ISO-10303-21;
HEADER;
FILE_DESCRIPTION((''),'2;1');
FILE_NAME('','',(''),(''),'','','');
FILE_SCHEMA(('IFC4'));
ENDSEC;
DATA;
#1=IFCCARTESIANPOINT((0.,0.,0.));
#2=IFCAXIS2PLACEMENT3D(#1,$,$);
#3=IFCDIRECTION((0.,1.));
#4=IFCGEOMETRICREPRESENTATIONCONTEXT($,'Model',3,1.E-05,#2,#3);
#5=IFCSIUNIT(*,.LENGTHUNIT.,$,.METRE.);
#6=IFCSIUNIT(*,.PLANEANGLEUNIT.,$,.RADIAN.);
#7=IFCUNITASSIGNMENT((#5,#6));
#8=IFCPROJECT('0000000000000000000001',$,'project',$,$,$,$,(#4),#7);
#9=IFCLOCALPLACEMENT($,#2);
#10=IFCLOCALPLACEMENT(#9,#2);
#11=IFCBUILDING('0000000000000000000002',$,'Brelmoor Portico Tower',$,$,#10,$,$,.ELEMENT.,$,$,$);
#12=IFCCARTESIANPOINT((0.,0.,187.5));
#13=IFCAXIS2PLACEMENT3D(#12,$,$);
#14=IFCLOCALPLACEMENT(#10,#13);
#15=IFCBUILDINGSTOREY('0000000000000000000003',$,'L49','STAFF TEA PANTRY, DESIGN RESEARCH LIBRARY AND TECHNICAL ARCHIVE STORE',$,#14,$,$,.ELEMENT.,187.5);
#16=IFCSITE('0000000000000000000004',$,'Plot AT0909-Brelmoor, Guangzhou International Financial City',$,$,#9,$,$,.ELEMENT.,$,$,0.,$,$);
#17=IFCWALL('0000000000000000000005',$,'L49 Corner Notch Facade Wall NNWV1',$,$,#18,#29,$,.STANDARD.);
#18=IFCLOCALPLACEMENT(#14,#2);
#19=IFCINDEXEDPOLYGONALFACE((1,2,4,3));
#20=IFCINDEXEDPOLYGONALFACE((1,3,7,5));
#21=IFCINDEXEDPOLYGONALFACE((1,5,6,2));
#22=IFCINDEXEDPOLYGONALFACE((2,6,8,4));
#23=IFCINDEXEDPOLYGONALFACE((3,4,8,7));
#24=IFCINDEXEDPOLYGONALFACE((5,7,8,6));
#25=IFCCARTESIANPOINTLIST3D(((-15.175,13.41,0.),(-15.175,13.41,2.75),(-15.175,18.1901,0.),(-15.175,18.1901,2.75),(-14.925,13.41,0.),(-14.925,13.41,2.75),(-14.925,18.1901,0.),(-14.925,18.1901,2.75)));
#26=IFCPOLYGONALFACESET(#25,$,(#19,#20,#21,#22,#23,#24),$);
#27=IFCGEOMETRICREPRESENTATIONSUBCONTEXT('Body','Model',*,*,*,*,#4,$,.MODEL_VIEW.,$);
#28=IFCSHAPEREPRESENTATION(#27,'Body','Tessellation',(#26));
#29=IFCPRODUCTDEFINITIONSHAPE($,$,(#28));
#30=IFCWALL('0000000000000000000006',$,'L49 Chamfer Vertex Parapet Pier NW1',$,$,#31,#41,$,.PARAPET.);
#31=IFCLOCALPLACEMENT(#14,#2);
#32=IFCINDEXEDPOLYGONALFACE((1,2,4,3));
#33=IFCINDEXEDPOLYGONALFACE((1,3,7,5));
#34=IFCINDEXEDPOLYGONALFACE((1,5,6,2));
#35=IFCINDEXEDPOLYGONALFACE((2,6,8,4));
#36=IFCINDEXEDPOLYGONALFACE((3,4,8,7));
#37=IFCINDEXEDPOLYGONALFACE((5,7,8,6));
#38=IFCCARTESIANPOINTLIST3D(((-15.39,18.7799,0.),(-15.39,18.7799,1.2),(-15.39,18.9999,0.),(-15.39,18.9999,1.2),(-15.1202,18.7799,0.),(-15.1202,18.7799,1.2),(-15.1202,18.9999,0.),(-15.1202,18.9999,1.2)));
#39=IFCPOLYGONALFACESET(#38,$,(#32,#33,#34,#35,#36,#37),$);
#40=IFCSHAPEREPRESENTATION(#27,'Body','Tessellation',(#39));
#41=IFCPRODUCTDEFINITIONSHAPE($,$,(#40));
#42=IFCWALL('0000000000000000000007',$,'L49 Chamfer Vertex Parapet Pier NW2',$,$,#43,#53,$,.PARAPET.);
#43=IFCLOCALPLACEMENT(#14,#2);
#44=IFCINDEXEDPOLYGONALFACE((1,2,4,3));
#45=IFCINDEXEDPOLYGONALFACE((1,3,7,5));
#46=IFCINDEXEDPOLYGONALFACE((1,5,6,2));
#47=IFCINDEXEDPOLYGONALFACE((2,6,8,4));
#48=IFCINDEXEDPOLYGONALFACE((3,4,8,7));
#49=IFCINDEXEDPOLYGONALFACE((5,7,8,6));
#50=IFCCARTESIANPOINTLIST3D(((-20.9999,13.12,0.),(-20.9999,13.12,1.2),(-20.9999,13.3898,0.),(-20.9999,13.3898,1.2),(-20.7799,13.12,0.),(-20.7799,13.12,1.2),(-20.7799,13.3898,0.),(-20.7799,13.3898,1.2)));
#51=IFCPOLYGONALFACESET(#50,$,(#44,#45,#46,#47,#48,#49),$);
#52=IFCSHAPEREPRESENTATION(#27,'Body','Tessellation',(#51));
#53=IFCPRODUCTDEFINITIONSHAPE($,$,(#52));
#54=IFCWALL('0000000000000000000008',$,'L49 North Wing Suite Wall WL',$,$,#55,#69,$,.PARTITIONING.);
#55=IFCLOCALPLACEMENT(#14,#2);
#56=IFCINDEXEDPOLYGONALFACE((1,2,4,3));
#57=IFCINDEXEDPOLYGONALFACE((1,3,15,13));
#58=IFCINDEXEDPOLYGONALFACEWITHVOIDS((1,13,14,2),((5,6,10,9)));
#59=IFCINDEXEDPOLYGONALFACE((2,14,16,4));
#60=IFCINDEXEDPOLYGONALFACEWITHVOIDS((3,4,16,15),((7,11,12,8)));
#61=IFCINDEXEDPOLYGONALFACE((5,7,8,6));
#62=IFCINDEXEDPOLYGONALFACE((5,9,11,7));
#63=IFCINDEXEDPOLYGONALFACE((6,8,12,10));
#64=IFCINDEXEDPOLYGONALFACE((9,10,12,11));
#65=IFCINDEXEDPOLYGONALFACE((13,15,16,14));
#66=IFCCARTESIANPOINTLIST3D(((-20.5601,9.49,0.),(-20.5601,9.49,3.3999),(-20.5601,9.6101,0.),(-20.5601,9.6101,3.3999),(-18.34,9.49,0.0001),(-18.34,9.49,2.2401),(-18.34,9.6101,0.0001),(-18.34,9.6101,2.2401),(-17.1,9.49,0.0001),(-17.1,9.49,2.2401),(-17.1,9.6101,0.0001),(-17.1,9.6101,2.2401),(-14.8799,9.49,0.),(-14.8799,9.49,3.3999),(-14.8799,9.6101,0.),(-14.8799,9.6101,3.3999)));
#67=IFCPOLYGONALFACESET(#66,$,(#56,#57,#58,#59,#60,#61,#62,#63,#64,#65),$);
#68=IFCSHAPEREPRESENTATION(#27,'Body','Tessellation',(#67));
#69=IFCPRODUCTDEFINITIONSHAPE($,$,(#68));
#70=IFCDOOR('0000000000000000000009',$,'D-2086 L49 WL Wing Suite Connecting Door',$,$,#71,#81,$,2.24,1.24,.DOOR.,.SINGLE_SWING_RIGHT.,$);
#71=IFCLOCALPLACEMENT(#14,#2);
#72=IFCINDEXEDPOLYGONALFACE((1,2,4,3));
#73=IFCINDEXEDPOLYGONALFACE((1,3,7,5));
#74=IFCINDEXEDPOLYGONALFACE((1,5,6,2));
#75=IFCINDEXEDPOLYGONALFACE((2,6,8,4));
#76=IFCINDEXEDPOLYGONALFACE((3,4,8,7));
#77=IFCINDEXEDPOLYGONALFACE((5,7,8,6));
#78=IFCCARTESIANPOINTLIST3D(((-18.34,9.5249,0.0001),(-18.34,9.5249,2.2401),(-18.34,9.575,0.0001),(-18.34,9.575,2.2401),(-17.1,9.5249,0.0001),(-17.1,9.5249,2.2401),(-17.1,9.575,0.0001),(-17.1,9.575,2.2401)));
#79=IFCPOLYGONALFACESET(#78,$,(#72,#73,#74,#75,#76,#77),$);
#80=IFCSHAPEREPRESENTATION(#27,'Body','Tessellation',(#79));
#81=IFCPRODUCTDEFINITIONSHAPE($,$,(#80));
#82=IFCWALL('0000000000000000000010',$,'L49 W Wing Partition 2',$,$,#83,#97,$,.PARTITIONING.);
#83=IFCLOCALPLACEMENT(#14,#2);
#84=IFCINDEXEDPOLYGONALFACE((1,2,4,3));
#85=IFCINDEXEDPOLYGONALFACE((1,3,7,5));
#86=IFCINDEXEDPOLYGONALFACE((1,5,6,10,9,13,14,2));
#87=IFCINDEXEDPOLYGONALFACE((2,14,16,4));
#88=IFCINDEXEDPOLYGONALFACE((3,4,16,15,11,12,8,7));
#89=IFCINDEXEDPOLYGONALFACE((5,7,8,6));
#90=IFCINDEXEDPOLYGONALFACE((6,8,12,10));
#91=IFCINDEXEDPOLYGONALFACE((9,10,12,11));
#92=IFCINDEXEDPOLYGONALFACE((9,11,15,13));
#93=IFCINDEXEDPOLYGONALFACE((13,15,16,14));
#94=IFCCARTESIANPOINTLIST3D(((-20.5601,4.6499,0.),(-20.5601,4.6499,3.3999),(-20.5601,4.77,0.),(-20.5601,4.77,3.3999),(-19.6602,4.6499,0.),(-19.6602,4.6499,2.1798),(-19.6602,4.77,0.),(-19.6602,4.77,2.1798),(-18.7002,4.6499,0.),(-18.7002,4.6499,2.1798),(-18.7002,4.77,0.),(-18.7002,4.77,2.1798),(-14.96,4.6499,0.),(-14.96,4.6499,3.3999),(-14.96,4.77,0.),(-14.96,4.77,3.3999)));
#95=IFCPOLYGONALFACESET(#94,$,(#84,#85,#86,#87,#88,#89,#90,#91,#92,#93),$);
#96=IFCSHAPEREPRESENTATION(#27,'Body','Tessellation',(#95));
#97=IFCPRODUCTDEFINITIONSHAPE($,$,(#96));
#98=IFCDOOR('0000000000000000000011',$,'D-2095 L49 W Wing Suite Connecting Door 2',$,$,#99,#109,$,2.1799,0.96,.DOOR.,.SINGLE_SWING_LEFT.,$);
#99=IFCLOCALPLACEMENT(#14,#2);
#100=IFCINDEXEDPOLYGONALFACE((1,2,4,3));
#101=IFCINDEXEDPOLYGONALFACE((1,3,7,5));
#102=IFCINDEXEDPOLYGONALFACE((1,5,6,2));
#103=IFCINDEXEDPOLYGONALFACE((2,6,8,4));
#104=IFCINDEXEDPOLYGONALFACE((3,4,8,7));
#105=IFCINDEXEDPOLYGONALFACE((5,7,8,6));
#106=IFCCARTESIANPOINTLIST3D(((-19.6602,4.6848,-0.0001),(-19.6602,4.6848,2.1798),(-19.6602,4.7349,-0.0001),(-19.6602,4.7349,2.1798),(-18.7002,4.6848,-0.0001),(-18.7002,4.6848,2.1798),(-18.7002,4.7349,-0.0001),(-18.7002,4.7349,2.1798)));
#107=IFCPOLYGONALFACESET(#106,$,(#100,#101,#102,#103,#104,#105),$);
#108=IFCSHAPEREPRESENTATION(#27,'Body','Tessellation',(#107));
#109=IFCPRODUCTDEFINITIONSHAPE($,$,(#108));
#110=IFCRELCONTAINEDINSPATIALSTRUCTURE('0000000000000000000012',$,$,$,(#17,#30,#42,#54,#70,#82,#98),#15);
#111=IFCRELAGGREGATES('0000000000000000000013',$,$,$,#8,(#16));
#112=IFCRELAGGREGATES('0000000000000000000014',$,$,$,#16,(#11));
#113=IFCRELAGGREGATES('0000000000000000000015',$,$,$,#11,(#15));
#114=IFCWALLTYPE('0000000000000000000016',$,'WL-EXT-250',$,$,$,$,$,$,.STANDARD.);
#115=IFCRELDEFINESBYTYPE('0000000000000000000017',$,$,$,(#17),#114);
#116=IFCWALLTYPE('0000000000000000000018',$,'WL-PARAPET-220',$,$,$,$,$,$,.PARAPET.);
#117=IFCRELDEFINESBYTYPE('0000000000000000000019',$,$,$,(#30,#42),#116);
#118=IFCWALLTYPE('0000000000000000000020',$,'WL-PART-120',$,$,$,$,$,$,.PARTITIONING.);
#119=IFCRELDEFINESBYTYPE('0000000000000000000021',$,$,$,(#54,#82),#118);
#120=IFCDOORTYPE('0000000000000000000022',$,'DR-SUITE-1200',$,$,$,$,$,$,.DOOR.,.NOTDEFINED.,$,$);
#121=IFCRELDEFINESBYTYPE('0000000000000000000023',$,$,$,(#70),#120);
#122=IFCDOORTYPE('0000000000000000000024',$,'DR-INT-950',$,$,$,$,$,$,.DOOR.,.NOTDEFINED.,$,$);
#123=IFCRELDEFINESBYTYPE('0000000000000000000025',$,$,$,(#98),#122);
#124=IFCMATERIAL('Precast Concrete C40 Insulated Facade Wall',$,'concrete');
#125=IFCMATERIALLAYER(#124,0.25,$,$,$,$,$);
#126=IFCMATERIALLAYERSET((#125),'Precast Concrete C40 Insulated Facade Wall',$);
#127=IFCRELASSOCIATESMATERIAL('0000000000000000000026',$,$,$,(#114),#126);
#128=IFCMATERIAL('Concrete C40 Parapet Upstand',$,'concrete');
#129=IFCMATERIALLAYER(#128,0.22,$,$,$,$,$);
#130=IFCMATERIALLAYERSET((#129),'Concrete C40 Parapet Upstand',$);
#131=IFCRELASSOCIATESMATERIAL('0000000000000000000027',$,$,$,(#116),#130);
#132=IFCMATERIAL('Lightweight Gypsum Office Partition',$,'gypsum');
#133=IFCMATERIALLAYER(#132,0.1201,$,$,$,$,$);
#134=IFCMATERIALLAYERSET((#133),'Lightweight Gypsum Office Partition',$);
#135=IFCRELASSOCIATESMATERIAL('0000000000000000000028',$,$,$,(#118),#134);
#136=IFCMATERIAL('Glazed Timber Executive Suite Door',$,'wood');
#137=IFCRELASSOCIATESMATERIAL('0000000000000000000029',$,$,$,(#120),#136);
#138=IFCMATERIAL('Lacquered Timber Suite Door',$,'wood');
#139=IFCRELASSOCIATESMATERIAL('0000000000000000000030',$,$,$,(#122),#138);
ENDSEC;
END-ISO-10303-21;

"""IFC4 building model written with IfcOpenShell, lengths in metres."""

from ifc_helpers import new_model, si_unit, direction, frame, frame_2d, origin, place, context, subcontext, project, spatial, rectangle, extrude, material, layer, layer_set, type_object, element, fill, save


model = new_model("IFC4")

# Units and contexts
model_context = context("Model", 3, precision=1e-05, world=origin(), true_north=direction((0.0, 1.0)))
body_context = subcontext(model_context, "Body", "Model", "MODEL_VIEW")
ifc_project = project(units=[si_unit("LENGTHUNIT", "METRE"), si_unit("PLANEANGLEUNIT", "RADIAN")], contexts=[model_context])

# Site, building, storey
site_placement = place(None, origin())
site = spatial("IfcSite", under=ifc_project, at=site_placement, Name="Plot AT0909-Brelmoor, Guangzhou International Financial City", CompositionType="ELEMENT", RefElevation=0.0)
building_placement = place(site_placement, origin())
building = spatial("IfcBuilding", under=site, at=building_placement, Name="Brelmoor Portico Tower", CompositionType="ELEMENT")
storey_placement = place(building_placement, frame((0.0, 0.0, 187.5)))
storey = spatial("IfcBuildingStorey", under=building, at=storey_placement, Name="L49", Description="STAFF TEA PANTRY, DESIGN RESEARCH LIBRARY AND TECHNICAL ARCHIVE STORE", CompositionType="ELEMENT", Elevation=187.5)

# Walls
ifc_material_1 = material(Name="Precast Concrete C40 Insulated Facade Wall", Category="concrete")
ifc_layer_1 = layer(ifc_material_1, 0.25)
ifc_layer_set_1 = layer_set([ifc_layer_1], Name="Precast Concrete C40 Insulated Facade Wall")
wall_type_1 = type_object("IfcWallType", Name="WL-EXT-250", PredefinedType="STANDARD", material=ifc_layer_set_1)
for number, where, z_axis, x_axis, name in (
    (1, (-15.05, 13.4099, 0.0), (0.0, 0.0, 1.0), (0.0, 1.0, 0.0), "L49 Corner Notch Facade Wall NNWV1"),
):
    element("IfcWall", number, at=place(storey_placement, frame(where, z_axis=z_axis, x_axis=x_axis)), inside=storey, type_object=wall_type_1, Name=name, PredefinedType="STANDARD", context=body_context, shape_type="SweptSolid", body=[
        extrude(rectangle(XDim=4.78, YDim=0.25, at=frame_2d((2.3901, 0.0))), origin(), (0.0, 0.0, 1.0), 2.75),
    ])
ifc_material_2 = material(Name="Concrete C40 Parapet Upstand", Category="concrete")
ifc_layer_2 = layer(ifc_material_2, 0.22)
ifc_layer_set_2 = layer_set([ifc_layer_2], Name="Concrete C40 Parapet Upstand")
wall_type_2 = type_object("IfcWallType", Name="WL-PARAPET-220", PredefinedType="PARAPET", material=ifc_layer_set_2)
for number, where, z_axis, x_axis, name in (
    (2, (-15.3899, 18.8899, 0.0), (0.0, 0.0, 1.0), (1.0, 0.0, 0.0), "L49 Chamfer Vertex Parapet Pier NW1"),
    (3, (-20.8899, 13.1201, 0.0), (0.0, 0.0, 1.0), (0.0, 1.0, 0.0), "L49 Chamfer Vertex Parapet Pier NW2"),
):
    element("IfcWall", number, at=place(storey_placement, frame(where, z_axis=z_axis, x_axis=x_axis)), inside=storey, type_object=wall_type_2, Name=name, PredefinedType="PARAPET", context=body_context, shape_type="SweptSolid", body=[
        extrude(rectangle(XDim=0.2698, YDim=0.22, at=frame_2d((0.1348, 0.0))), origin(), (0.0, 0.0, 1.0), 1.2),
    ])

# Walls, openings, doors
ifc_material_3 = material(Name="Lightweight Gypsum Office Partition", Category="gypsum")
ifc_layer_3 = layer(ifc_material_3, 0.1201)
ifc_layer_set_3 = layer_set([ifc_layer_3], Name="Lightweight Gypsum Office Partition")
wall_type_3 = type_object("IfcWallType", Name="WL-PART-120", PredefinedType="PARTITIONING", material=ifc_layer_set_3)
wall_1_placement = place(storey_placement, frame((-20.5601, 9.55, 0.0), z_axis=(0.0, 0.0, 1.0), x_axis=(1.0, 0.0, 0.0)))
wall_1 = element("IfcWall", 4, at=wall_1_placement, inside=storey, type_object=wall_type_3, Name="L49 North Wing Suite Wall WL", PredefinedType="PARTITIONING", context=body_context, shape_type="SweptSolid", body=[
    extrude(rectangle(XDim=5.6802, YDim=0.1201, at=frame_2d((2.8401, 0.0))), origin(), (0.0, 0.0, 1.0), 3.3999),
])
opening_1_placement = place(wall_1_placement, frame((2.22, 0.0, 0.0)))
opening_1 = element("IfcOpeningElement", 5, at=opening_1_placement, cuts=wall_1, PredefinedType="OPENING", context=body_context, shape_type="SweptSolid", body=[
    extrude(rectangle(XDim=1.24, YDim=2.24, at=frame_2d((0.6201, 1.1201))), frame((0.0, 0.0701, 0.0), z_axis=(0.0, -1.0, 0.0), x_axis=(1.0, 0.0, 0.0)), (0.0, 0.0, 1.0), 0.1401),
])
ifc_material_4 = material(Name="Glazed Timber Executive Suite Door", Category="wood")
door_type_1 = type_object("IfcDoorType", Name="DR-SUITE-1200", OperationType="NOTDEFINED", PredefinedType="DOOR", material=ifc_material_4)
door_1_placement = place(opening_1_placement, origin())
door_1 = element("IfcDoor", 6, at=door_1_placement, inside=storey, type_object=door_type_1, Name="D-2086 L49 WL Wing Suite Connecting Door", OperationType="SINGLE_SWING_RIGHT", OverallHeight=2.24, OverallWidth=1.24, PredefinedType="DOOR", context=body_context, shape_type="SweptSolid", body=[
    extrude(rectangle(XDim=1.24, YDim=2.24, at=frame_2d((0.6201, 1.1201))), frame((0.0, 0.0249, 0.0), z_axis=(0.0, -1.0, 0.0), x_axis=(1.0, 0.0, 0.0)), (0.0, 0.0, 1.0), 0.05),
])
fill(opening_1, door_1)
wall_2_placement = place(storey_placement, frame((-20.5601, 4.71, 0.0), z_axis=(0.0, 0.0, 1.0), x_axis=(1.0, 0.0, 0.0)))
wall_2 = element("IfcWall", 7, at=wall_2_placement, inside=storey, type_object=wall_type_3, Name="L49 W Wing Partition 2", PredefinedType="PARTITIONING", context=body_context, shape_type="SweptSolid", body=[
    extrude(rectangle(XDim=5.6001, YDim=0.1201, at=frame_2d((2.8, 0.0))), origin(), (0.0, 0.0, 1.0), 3.3999),
])
opening_2_placement = place(wall_2_placement, frame((0.8999, 0.0, 0.0)))
opening_2 = element("IfcOpeningElement", 8, at=opening_2_placement, cuts=wall_2, PredefinedType="OPENING", context=body_context, shape_type="SweptSolid", body=[
    extrude(rectangle(XDim=0.96, YDim=2.1799, at=frame_2d((0.48, 1.0898))), frame((0.0, 0.0701, 0.0), z_axis=(0.0, -1.0, 0.0), x_axis=(1.0, 0.0, 0.0)), (0.0, 0.0, 1.0), 0.1401),
])
ifc_material_5 = material(Name="Lacquered Timber Suite Door", Category="wood")
door_type_2 = type_object("IfcDoorType", Name="DR-INT-950", OperationType="NOTDEFINED", PredefinedType="DOOR", material=ifc_material_5)
door_2_placement = place(opening_2_placement, origin())
door_2 = element("IfcDoor", 9, at=door_2_placement, inside=storey, type_object=door_type_2, Name="D-2095 L49 W Wing Suite Connecting Door 2", OperationType="SINGLE_SWING_LEFT", OverallHeight=2.1799, OverallWidth=0.96, PredefinedType="DOOR", context=body_context, shape_type="SweptSolid", body=[
    extrude(rectangle(XDim=0.96, YDim=2.1799, at=frame_2d((0.48, 1.0898))), frame((0.0, 0.0249, 0.0), z_axis=(0.0, -1.0, 0.0), x_axis=(1.0, 0.0, 0.0)), (0.0, 0.0, 1.0), 0.05),
])
fill(opening_2, door_2)

save(model, "model.ifc")
